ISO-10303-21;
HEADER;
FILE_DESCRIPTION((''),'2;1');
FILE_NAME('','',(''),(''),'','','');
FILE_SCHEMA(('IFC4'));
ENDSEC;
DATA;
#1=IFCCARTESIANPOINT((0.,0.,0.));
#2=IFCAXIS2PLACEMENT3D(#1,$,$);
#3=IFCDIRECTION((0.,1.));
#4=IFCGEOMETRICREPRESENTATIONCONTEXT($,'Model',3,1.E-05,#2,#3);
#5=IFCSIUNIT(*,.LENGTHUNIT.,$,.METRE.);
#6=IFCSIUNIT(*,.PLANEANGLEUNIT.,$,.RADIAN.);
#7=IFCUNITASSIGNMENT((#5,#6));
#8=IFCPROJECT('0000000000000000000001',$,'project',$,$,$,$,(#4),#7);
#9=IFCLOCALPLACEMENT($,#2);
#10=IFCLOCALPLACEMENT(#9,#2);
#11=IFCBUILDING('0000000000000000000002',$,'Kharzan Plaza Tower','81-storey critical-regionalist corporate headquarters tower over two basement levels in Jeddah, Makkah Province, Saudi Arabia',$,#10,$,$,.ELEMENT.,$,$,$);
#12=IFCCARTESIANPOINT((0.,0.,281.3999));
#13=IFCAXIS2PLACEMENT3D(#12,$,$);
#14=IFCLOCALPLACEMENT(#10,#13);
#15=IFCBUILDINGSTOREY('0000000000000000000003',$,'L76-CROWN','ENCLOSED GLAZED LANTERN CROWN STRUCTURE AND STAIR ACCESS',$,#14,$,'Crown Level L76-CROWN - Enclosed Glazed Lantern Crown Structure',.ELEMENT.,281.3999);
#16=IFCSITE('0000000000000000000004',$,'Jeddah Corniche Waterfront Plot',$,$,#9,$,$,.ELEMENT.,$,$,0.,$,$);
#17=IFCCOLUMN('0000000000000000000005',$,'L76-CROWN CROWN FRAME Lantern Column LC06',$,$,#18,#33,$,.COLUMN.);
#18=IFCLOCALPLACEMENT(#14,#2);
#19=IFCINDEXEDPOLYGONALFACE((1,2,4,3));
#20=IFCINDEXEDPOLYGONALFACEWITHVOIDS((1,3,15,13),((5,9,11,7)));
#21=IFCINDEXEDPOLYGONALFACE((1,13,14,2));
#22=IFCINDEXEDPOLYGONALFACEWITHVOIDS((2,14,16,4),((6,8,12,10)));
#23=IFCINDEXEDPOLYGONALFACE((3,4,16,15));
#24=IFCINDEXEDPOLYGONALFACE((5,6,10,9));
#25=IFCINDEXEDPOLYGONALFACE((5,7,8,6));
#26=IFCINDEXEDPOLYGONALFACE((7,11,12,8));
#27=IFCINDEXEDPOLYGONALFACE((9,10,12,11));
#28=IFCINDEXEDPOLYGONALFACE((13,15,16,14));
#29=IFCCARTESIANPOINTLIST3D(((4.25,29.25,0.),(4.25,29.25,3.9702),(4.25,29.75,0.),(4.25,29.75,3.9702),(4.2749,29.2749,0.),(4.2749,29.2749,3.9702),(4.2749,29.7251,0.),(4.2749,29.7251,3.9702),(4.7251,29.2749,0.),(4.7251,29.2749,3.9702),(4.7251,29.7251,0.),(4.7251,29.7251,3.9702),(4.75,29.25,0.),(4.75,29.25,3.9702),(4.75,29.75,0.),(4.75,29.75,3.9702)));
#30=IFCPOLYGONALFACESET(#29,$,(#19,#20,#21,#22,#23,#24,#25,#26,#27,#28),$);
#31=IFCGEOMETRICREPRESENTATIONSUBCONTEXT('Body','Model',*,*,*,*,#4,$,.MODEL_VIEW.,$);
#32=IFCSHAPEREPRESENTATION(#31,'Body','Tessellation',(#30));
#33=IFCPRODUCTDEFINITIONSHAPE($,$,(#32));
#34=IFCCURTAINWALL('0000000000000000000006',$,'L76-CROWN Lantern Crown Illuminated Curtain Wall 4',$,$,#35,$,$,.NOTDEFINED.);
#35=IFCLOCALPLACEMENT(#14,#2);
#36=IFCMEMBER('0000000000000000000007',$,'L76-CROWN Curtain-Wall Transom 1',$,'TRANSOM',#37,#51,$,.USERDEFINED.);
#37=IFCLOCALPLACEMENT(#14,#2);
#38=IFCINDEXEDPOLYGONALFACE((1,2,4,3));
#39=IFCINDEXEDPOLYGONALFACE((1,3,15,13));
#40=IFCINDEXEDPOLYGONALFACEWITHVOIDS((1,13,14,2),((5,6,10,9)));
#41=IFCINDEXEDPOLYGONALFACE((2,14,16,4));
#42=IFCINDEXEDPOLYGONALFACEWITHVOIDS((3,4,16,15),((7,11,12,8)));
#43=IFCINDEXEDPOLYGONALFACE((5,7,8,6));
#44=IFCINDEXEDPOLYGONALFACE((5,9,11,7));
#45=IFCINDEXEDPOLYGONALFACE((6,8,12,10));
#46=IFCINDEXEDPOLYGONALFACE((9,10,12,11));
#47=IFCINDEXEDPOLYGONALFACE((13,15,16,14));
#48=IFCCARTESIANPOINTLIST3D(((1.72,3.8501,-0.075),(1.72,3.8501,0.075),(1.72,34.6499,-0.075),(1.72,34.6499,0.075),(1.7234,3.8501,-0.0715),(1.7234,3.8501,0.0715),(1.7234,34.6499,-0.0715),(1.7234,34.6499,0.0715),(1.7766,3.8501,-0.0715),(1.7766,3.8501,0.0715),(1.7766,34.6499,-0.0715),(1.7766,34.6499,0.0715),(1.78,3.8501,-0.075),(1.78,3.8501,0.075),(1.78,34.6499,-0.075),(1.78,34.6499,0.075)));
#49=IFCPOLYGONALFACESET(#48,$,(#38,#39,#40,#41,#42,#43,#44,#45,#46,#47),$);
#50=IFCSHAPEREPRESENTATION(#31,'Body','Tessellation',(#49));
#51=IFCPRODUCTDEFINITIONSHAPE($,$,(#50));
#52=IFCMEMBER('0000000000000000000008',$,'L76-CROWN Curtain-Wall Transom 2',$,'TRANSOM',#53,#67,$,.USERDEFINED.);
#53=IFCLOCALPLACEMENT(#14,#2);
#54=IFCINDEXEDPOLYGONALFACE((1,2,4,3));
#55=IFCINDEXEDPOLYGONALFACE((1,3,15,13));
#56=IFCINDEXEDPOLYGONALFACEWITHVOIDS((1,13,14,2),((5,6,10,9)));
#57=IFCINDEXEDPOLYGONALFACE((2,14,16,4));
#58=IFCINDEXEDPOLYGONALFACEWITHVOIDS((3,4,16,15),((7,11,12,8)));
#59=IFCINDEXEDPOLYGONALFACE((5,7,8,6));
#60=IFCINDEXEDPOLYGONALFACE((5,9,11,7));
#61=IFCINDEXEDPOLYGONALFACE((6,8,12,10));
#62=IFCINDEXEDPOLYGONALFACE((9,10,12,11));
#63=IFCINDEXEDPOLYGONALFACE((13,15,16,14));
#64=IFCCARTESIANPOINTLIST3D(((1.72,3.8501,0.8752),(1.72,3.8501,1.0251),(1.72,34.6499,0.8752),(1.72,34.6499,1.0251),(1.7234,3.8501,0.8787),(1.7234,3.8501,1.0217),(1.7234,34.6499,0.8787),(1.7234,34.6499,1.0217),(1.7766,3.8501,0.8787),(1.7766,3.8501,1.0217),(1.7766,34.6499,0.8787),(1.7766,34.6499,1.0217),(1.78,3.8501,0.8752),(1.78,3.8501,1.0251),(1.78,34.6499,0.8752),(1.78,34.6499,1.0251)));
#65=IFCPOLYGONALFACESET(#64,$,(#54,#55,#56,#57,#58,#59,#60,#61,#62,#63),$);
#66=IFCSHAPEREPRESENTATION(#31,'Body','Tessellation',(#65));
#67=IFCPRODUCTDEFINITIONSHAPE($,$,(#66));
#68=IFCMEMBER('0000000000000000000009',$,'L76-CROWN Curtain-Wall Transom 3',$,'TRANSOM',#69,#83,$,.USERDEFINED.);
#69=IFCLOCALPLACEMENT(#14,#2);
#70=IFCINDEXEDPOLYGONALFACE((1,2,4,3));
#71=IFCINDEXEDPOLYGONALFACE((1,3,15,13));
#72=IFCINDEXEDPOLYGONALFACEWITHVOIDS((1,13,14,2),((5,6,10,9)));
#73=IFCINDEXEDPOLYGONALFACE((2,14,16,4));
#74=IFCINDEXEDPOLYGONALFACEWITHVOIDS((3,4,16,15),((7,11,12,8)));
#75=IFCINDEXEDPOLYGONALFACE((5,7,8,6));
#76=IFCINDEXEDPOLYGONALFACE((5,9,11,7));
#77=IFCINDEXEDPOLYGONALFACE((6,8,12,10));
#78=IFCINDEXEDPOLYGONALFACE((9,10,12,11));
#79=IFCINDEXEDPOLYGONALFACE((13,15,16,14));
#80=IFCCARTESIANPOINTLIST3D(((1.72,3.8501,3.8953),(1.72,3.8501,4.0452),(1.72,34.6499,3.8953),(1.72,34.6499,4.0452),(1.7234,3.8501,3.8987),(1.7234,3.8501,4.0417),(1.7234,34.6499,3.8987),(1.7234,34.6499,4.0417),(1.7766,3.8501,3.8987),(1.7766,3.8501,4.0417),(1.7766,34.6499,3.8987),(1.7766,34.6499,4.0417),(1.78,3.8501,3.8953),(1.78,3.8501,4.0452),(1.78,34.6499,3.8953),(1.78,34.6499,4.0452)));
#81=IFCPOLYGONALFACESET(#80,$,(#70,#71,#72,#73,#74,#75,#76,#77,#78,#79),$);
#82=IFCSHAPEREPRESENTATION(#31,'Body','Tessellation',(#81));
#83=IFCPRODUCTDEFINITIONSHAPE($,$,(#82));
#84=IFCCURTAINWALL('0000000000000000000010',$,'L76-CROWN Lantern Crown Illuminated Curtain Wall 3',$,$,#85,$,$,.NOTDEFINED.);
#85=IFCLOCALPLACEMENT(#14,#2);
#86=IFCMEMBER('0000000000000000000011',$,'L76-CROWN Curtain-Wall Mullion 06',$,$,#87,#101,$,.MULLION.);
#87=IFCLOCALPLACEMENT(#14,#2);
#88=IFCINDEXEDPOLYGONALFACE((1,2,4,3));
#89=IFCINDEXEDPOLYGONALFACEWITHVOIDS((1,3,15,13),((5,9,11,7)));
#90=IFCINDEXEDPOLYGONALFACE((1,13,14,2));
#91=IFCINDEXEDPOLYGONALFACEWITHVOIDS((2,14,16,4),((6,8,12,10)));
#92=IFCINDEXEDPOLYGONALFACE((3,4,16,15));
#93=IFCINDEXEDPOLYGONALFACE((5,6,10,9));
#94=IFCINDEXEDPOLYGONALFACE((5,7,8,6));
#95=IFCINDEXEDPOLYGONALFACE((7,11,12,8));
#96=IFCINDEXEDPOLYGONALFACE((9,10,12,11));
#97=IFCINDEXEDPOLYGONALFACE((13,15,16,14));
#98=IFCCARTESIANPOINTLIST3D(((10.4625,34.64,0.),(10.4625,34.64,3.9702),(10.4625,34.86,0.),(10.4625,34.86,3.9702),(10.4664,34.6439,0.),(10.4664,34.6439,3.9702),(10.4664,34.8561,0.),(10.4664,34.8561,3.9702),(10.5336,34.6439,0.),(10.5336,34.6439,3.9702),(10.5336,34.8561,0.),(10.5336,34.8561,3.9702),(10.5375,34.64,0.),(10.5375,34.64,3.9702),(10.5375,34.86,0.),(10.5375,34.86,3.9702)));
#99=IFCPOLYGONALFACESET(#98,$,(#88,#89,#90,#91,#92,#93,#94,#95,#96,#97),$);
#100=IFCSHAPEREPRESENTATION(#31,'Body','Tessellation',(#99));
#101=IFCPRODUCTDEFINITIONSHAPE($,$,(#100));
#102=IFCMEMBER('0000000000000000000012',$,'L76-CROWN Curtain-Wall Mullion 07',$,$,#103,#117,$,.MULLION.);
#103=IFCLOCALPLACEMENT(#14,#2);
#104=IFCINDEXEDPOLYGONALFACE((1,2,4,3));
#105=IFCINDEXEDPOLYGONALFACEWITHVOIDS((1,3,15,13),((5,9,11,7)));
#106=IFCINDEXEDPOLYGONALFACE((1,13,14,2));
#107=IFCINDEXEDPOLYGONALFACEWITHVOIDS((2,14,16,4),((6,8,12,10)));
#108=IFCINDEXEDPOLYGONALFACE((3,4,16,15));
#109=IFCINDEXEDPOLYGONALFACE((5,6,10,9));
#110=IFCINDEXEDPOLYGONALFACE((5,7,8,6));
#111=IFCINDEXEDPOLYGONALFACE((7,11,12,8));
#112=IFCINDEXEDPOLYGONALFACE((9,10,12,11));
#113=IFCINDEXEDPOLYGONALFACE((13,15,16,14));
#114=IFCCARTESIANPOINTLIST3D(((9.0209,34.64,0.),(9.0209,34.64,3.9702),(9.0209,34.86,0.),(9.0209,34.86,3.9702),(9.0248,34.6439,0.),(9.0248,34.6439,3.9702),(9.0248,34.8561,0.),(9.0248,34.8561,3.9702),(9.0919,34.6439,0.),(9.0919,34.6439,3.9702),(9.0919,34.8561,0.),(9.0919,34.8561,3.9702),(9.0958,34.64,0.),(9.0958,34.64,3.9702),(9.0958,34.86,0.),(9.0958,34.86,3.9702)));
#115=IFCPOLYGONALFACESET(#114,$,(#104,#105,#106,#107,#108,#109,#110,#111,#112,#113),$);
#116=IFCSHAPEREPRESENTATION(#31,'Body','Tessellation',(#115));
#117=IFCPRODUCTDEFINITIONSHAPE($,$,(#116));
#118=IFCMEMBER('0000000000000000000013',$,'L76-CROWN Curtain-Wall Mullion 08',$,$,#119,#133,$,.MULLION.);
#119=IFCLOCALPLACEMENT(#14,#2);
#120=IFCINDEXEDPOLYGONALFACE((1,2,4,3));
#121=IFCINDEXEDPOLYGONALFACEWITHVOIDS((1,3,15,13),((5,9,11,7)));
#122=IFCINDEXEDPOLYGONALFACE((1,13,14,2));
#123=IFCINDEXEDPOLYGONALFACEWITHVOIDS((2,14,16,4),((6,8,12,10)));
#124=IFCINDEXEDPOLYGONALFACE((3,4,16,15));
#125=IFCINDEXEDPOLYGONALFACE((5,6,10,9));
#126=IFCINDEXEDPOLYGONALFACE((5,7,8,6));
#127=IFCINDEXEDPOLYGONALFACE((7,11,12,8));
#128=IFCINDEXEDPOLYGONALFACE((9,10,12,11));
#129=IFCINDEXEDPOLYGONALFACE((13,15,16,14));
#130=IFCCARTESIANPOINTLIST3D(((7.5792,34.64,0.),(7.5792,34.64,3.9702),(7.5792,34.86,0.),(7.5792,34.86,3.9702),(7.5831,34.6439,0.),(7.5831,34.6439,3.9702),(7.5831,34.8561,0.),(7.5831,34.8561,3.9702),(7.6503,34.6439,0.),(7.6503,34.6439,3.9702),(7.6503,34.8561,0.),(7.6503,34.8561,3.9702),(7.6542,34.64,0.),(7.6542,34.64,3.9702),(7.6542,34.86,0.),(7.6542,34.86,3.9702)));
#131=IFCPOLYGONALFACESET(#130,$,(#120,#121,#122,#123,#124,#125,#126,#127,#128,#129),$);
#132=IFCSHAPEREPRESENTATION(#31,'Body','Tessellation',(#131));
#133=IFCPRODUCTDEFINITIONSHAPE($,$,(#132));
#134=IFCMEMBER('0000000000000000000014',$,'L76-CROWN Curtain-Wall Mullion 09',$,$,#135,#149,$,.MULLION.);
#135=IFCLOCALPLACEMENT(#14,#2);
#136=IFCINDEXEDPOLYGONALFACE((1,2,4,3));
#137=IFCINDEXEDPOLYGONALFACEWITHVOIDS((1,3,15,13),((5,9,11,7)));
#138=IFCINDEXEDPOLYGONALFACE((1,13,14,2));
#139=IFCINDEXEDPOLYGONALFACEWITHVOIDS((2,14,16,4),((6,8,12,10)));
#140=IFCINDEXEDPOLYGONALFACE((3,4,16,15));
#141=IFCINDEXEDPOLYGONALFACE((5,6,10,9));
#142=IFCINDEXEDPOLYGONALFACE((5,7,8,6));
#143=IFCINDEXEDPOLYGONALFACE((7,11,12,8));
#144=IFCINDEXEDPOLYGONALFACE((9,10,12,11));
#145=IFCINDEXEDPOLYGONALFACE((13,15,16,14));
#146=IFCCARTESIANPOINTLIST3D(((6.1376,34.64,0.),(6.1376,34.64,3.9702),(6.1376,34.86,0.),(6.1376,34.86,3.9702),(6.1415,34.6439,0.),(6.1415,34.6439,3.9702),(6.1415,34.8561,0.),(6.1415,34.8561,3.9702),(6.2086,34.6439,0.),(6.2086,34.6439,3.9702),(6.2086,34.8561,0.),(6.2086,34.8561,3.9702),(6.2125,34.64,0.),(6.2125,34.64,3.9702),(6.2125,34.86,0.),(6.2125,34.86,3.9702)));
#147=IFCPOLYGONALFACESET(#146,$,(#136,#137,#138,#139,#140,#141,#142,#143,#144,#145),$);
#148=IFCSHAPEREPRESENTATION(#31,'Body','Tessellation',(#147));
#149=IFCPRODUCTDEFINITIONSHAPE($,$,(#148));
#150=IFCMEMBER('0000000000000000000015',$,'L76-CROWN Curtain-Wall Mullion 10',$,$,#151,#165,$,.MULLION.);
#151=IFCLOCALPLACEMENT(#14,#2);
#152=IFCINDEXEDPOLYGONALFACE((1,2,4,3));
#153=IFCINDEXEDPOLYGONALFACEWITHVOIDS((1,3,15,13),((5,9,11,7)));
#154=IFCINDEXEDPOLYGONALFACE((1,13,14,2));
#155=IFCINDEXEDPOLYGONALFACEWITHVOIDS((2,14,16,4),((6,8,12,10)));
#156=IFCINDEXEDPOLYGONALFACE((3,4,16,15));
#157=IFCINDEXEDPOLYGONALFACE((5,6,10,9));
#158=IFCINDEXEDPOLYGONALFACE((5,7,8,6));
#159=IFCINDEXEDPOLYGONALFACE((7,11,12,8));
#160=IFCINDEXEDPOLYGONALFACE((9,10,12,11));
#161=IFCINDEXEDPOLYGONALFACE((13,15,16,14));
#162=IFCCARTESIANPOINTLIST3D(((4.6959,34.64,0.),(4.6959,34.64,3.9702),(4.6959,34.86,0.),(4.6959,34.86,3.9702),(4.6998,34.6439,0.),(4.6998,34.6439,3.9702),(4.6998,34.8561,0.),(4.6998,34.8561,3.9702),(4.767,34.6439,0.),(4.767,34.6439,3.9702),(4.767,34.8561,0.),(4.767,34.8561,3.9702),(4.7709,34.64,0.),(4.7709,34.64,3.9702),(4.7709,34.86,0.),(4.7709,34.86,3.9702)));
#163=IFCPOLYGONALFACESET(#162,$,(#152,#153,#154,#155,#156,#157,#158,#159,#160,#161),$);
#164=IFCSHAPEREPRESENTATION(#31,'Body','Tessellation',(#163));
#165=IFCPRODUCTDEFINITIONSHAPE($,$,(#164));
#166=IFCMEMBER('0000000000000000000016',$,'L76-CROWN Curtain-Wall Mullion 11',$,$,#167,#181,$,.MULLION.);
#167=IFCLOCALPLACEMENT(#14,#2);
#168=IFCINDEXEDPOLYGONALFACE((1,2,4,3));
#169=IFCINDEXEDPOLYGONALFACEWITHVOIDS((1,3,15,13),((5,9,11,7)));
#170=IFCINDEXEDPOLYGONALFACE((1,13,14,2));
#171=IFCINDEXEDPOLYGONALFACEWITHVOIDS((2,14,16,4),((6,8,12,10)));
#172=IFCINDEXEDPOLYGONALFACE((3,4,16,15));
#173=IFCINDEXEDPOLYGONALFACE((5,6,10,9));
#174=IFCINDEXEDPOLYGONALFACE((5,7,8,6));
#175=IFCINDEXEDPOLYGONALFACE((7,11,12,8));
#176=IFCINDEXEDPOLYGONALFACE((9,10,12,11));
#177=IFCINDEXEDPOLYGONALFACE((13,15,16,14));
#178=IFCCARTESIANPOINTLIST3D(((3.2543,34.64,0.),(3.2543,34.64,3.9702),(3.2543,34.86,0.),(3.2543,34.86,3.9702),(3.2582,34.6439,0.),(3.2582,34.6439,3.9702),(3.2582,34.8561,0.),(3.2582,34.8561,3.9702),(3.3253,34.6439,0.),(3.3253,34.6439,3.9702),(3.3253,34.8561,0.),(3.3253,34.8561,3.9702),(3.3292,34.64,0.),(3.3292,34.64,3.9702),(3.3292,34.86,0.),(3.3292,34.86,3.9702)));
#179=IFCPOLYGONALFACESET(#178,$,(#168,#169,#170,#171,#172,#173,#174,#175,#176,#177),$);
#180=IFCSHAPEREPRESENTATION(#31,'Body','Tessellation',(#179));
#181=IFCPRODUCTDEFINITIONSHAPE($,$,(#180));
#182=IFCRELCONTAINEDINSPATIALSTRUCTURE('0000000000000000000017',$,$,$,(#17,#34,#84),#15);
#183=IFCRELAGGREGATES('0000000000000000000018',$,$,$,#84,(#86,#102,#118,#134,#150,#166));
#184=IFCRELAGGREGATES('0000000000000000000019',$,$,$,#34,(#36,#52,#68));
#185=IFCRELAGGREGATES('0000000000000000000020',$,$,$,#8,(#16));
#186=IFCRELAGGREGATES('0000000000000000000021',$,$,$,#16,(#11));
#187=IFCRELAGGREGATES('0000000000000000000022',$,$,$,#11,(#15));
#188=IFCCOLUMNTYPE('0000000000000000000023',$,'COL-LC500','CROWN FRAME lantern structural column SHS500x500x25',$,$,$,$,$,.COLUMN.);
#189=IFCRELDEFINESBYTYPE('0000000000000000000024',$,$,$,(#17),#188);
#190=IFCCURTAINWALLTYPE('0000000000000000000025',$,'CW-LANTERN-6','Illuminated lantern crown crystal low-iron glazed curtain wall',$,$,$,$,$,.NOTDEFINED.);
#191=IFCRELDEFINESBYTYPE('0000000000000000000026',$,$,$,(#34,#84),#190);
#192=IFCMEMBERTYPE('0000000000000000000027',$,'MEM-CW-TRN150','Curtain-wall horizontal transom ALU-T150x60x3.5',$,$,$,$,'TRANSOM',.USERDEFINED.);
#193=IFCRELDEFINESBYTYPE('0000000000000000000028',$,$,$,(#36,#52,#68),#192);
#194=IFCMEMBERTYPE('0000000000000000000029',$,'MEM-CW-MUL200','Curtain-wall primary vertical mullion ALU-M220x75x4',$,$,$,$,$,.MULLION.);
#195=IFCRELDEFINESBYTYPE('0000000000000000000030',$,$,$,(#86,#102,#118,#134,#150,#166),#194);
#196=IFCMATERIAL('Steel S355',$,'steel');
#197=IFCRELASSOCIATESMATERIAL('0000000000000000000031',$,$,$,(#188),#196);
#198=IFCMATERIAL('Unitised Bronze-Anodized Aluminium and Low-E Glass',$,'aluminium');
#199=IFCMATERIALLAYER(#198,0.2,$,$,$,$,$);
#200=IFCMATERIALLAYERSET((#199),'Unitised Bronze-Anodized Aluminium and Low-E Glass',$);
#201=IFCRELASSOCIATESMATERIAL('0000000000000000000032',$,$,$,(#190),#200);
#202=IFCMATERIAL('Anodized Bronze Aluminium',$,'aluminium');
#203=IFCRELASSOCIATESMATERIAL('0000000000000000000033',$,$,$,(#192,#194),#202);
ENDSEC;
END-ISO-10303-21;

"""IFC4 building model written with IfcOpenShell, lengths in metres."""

from ifc_helpers import new_model, si_unit, direction, frame, origin, origin_2d, place, context, subcontext, project, spatial, hollow_rectangle, extrude, source, transform, mapped, material, layer, layer_set, material_profile, profile_set, type_object, element, aggregate, save


model = new_model("IFC4")

# Units and contexts
model_context = context("Model", 3, precision=1e-05, world=origin(), true_north=direction((0.0, 1.0)))
body_context = subcontext(model_context, "Body", "Model", "MODEL_VIEW")
ifc_project = project(units=[si_unit("LENGTHUNIT", "METRE"), si_unit("PLANEANGLEUNIT", "RADIAN")], contexts=[model_context])

# Site, building, storey
site_placement = place(None, origin())
site = spatial("IfcSite", under=ifc_project, at=site_placement, Name="Jeddah Corniche Waterfront Plot", CompositionType="ELEMENT", RefElevation=0.0)
building_placement = place(site_placement, origin())
building = spatial("IfcBuilding", under=site, at=building_placement, Name="Kharzan Plaza Tower", Description="81-storey critical-regionalist corporate headquarters tower over two basement levels in Jeddah, Makkah Province, Saudi Arabia", CompositionType="ELEMENT")
storey_placement = place(building_placement, frame((0.0, 0.0, 281.3999)))
storey = spatial("IfcBuildingStorey", under=building, at=storey_placement, Name="L76-CROWN", Description="ENCLOSED GLAZED LANTERN CROWN STRUCTURE AND STAIR ACCESS", LongName="Crown Level L76-CROWN - Enclosed Glazed Lantern Crown Structure", CompositionType="ELEMENT", Elevation=281.3999)

# Column
ifc_material_1 = material(Name="Steel S355", Category="steel")
ifc_material_profile_1 = material_profile(ifc_material_1, hollow_rectangle(XDim=0.5, YDim=0.5, WallThickness=0.0249, at=origin_2d()), Name="SHS500x500x25")
ifc_profile_set_1 = profile_set([ifc_material_profile_1], Name="Steel S355")
column_type = type_object("IfcColumnType", Name="COL-LC500", Description="CROWN FRAME lantern structural column SHS500x500x25", PredefinedType="COLUMN", material=ifc_profile_set_1)
shared_shape_1 = source(origin(), body_context, "Body", "SweptSolid", [
    extrude(hollow_rectangle(XDim=0.5, YDim=0.5, WallThickness=0.0249, at=origin_2d()), origin(), (0.0, 0.0, 1.0), 3.9702),
])
column_placement = place(storey_placement, frame((4.5, 29.5, 0.0), z_axis=(0.0, 0.0, 1.0), x_axis=(1.0, 0.0, 0.0)))
element("IfcColumn", 1, at=column_placement, inside=storey, type_object=column_type, Name="L76-CROWN CROWN FRAME Lantern Column LC06", PredefinedType="COLUMN", context=body_context, shape_type="MappedRepresentation", body=[
    mapped(shared_shape_1, transform((0.0, 0.0, 0.0), x_axis=(1.0, 0.0, 0.0), y_axis=(0.0, 1.0, 0.0), z_axis=(0.0, 0.0, 1.0))),
])

# Curtain walls, members
ifc_material_2 = material(Name="Unitised Bronze-Anodized Aluminium and Low-E Glass", Category="aluminium")
ifc_layer_1 = layer(ifc_material_2, 0.2)
ifc_layer_set_1 = layer_set([ifc_layer_1], Name="Unitised Bronze-Anodized Aluminium and Low-E Glass")
curtain_wall_type = type_object("IfcCurtainWallType", Name="CW-LANTERN-6", Description="Illuminated lantern crown crystal low-iron glazed curtain wall", PredefinedType="NOTDEFINED", material=ifc_layer_set_1)
curtain_wall_1_placement = place(storey_placement, origin())
curtain_wall_1 = element("IfcCurtainWall", 2, at=curtain_wall_1_placement, inside=storey, type_object=curtain_wall_type, Name="L76-CROWN Lantern Crown Illuminated Curtain Wall 4", PredefinedType="NOTDEFINED")
ifc_material_3 = material(Name="Anodized Bronze Aluminium", Category="aluminium")
ifc_material_profile_2 = material_profile(ifc_material_3, hollow_rectangle(XDim=0.0601, YDim=0.1499, WallThickness=0.0034, at=origin_2d()), Name="ALU-T150x60x3.5")
ifc_profile_set_2 = profile_set([ifc_material_profile_2], Name="Anodized Bronze Aluminium")
member_type_1 = type_object("IfcMemberType", Name="MEM-CW-TRN150", Description="Curtain-wall horizontal transom ALU-T150x60x3.5", ElementType="TRANSOM", PredefinedType="USERDEFINED", material=ifc_profile_set_2)
shared_shape_2 = source(origin(), body_context, "Body", "SweptSolid", [
    extrude(hollow_rectangle(XDim=0.0601, YDim=0.1499, WallThickness=0.0034, at=origin_2d()), origin(), (0.0, 0.0, 1.0), 30.7998),
])
member_1_placement = place(storey_placement, frame((1.75, 34.6499, 0.0), z_axis=(0.0, -1.0, 0.0), x_axis=(1.0, 0.0, 0.0)))
member_1 = element("IfcMember", 3, at=member_1_placement, type_object=member_type_1, Name="L76-CROWN Curtain-Wall Transom 1", ObjectType="TRANSOM", PredefinedType="USERDEFINED", context=body_context, shape_type="MappedRepresentation", body=[
    mapped(shared_shape_2, transform((0.0, 0.0, 0.0), x_axis=(1.0, 0.0, 0.0), y_axis=(0.0, 1.0, 0.0), z_axis=(0.0, 0.0, 1.0))),
])
member_2_placement = place(storey_placement, frame((1.75, 34.6499, 0.9502), z_axis=(0.0, -1.0, 0.0), x_axis=(1.0, 0.0, 0.0)))
member_2 = element("IfcMember", 4, at=member_2_placement, type_object=member_type_1, Name="L76-CROWN Curtain-Wall Transom 2", ObjectType="TRANSOM", PredefinedType="USERDEFINED", context=body_context, shape_type="MappedRepresentation", body=[
    mapped(shared_shape_2, transform((0.0, 0.0, 0.0), x_axis=(1.0, 0.0, 0.0), y_axis=(0.0, 1.0, 0.0), z_axis=(0.0, 0.0, 1.0))),
])
member_3_placement = place(storey_placement, frame((1.75, 34.6499, 3.9702), z_axis=(0.0, -1.0, 0.0), x_axis=(1.0, 0.0, 0.0)))
member_3 = element("IfcMember", 5, at=member_3_placement, type_object=member_type_1, Name="L76-CROWN Curtain-Wall Transom 3", ObjectType="TRANSOM", PredefinedType="USERDEFINED", context=body_context, shape_type="MappedRepresentation", body=[
    mapped(shared_shape_2, transform((0.0, 0.0, 0.0), x_axis=(1.0, 0.0, 0.0), y_axis=(0.0, 1.0, 0.0), z_axis=(0.0, 0.0, 1.0))),
])
curtain_wall_2_placement = place(storey_placement, origin())
curtain_wall_2 = element("IfcCurtainWall", 6, at=curtain_wall_2_placement, inside=storey, type_object=curtain_wall_type, Name="L76-CROWN Lantern Crown Illuminated Curtain Wall 3", PredefinedType="NOTDEFINED")
ifc_material_profile_3 = material_profile(ifc_material_3, hollow_rectangle(XDim=0.075, YDim=0.22, WallThickness=0.0039, at=origin_2d()), Name="ALU-M220x75x4")
ifc_profile_set_3 = profile_set([ifc_material_profile_3], Name="Anodized Bronze Aluminium")
member_type_2 = type_object("IfcMemberType", Name="MEM-CW-MUL200", Description="Curtain-wall primary vertical mullion ALU-M220x75x4", PredefinedType="MULLION", material=ifc_profile_set_3)
shared_shape_3 = source(origin(), body_context, "Body", "SweptSolid", [
    extrude(hollow_rectangle(XDim=0.075, YDim=0.22, WallThickness=0.0039, at=origin_2d()), origin(), (0.0, 0.0, 1.0), 3.9702),
])
member_4_placement = place(storey_placement, frame((10.5, 34.75, 0.0), z_axis=(0.0, 0.0, 1.0), x_axis=(1.0, 0.0, 0.0)))
member_4 = element("IfcMember", 7, at=member_4_placement, type_object=member_type_2, Name="L76-CROWN Curtain-Wall Mullion 06", PredefinedType="MULLION", context=body_context, shape_type="MappedRepresentation", body=[
    mapped(shared_shape_3, transform((0.0, 0.0, 0.0), x_axis=(1.0, 0.0, 0.0), y_axis=(0.0, 1.0, 0.0), z_axis=(0.0, 0.0, 1.0))),
])
member_5_placement = place(storey_placement, frame((9.0583, 34.75, 0.0), z_axis=(0.0, 0.0, 1.0), x_axis=(1.0, 0.0, 0.0)))
member_5 = element("IfcMember", 8, at=member_5_placement, type_object=member_type_2, Name="L76-CROWN Curtain-Wall Mullion 07", PredefinedType="MULLION", context=body_context, shape_type="MappedRepresentation", body=[
    mapped(shared_shape_3, transform((0.0, 0.0, 0.0), x_axis=(1.0, 0.0, 0.0), y_axis=(0.0, 1.0, 0.0), z_axis=(0.0, 0.0, 1.0))),
])
member_6_placement = place(storey_placement, frame((7.6167, 34.75, 0.0), z_axis=(0.0, 0.0, 1.0), x_axis=(1.0, 0.0, 0.0)))
member_6 = element("IfcMember", 9, at=member_6_placement, type_object=member_type_2, Name="L76-CROWN Curtain-Wall Mullion 08", PredefinedType="MULLION", context=body_context, shape_type="MappedRepresentation", body=[
    mapped(shared_shape_3, transform((0.0, 0.0, 0.0), x_axis=(1.0, 0.0, 0.0), y_axis=(0.0, 1.0, 0.0), z_axis=(0.0, 0.0, 1.0))),
])
member_7_placement = place(storey_placement, frame((6.175, 34.75, 0.0), z_axis=(0.0, 0.0, 1.0), x_axis=(1.0, 0.0, 0.0)))
member_7 = element("IfcMember", 10, at=member_7_placement, type_object=member_type_2, Name="L76-CROWN Curtain-Wall Mullion 09", PredefinedType="MULLION", context=body_context, shape_type="MappedRepresentation", body=[
    mapped(shared_shape_3, transform((0.0, 0.0, 0.0), x_axis=(1.0, 0.0, 0.0), y_axis=(0.0, 1.0, 0.0), z_axis=(0.0, 0.0, 1.0))),
])
member_8_placement = place(storey_placement, frame((4.7334, 34.75, 0.0), z_axis=(0.0, 0.0, 1.0), x_axis=(1.0, 0.0, 0.0)))
member_8 = element("IfcMember", 11, at=member_8_placement, type_object=member_type_2, Name="L76-CROWN Curtain-Wall Mullion 10", PredefinedType="MULLION", context=body_context, shape_type="MappedRepresentation", body=[
    mapped(shared_shape_3, transform((0.0, 0.0, 0.0), x_axis=(1.0, 0.0, 0.0), y_axis=(0.0, 1.0, 0.0), z_axis=(0.0, 0.0, 1.0))),
])
member_9_placement = place(storey_placement, frame((3.2917, 34.75, 0.0), z_axis=(0.0, 0.0, 1.0), x_axis=(1.0, 0.0, 0.0)))
member_9 = element("IfcMember", 12, at=member_9_placement, type_object=member_type_2, Name="L76-CROWN Curtain-Wall Mullion 11", PredefinedType="MULLION", context=body_context, shape_type="MappedRepresentation", body=[
    mapped(shared_shape_3, transform((0.0, 0.0, 0.0), x_axis=(1.0, 0.0, 0.0), y_axis=(0.0, 1.0, 0.0), z_axis=(0.0, 0.0, 1.0))),
])

aggregate(curtain_wall_2, [member_4, member_5, member_6, member_7, member_8, member_9])
aggregate(curtain_wall_1, [member_1, member_2, member_3])

save(model, "model.ifc")
